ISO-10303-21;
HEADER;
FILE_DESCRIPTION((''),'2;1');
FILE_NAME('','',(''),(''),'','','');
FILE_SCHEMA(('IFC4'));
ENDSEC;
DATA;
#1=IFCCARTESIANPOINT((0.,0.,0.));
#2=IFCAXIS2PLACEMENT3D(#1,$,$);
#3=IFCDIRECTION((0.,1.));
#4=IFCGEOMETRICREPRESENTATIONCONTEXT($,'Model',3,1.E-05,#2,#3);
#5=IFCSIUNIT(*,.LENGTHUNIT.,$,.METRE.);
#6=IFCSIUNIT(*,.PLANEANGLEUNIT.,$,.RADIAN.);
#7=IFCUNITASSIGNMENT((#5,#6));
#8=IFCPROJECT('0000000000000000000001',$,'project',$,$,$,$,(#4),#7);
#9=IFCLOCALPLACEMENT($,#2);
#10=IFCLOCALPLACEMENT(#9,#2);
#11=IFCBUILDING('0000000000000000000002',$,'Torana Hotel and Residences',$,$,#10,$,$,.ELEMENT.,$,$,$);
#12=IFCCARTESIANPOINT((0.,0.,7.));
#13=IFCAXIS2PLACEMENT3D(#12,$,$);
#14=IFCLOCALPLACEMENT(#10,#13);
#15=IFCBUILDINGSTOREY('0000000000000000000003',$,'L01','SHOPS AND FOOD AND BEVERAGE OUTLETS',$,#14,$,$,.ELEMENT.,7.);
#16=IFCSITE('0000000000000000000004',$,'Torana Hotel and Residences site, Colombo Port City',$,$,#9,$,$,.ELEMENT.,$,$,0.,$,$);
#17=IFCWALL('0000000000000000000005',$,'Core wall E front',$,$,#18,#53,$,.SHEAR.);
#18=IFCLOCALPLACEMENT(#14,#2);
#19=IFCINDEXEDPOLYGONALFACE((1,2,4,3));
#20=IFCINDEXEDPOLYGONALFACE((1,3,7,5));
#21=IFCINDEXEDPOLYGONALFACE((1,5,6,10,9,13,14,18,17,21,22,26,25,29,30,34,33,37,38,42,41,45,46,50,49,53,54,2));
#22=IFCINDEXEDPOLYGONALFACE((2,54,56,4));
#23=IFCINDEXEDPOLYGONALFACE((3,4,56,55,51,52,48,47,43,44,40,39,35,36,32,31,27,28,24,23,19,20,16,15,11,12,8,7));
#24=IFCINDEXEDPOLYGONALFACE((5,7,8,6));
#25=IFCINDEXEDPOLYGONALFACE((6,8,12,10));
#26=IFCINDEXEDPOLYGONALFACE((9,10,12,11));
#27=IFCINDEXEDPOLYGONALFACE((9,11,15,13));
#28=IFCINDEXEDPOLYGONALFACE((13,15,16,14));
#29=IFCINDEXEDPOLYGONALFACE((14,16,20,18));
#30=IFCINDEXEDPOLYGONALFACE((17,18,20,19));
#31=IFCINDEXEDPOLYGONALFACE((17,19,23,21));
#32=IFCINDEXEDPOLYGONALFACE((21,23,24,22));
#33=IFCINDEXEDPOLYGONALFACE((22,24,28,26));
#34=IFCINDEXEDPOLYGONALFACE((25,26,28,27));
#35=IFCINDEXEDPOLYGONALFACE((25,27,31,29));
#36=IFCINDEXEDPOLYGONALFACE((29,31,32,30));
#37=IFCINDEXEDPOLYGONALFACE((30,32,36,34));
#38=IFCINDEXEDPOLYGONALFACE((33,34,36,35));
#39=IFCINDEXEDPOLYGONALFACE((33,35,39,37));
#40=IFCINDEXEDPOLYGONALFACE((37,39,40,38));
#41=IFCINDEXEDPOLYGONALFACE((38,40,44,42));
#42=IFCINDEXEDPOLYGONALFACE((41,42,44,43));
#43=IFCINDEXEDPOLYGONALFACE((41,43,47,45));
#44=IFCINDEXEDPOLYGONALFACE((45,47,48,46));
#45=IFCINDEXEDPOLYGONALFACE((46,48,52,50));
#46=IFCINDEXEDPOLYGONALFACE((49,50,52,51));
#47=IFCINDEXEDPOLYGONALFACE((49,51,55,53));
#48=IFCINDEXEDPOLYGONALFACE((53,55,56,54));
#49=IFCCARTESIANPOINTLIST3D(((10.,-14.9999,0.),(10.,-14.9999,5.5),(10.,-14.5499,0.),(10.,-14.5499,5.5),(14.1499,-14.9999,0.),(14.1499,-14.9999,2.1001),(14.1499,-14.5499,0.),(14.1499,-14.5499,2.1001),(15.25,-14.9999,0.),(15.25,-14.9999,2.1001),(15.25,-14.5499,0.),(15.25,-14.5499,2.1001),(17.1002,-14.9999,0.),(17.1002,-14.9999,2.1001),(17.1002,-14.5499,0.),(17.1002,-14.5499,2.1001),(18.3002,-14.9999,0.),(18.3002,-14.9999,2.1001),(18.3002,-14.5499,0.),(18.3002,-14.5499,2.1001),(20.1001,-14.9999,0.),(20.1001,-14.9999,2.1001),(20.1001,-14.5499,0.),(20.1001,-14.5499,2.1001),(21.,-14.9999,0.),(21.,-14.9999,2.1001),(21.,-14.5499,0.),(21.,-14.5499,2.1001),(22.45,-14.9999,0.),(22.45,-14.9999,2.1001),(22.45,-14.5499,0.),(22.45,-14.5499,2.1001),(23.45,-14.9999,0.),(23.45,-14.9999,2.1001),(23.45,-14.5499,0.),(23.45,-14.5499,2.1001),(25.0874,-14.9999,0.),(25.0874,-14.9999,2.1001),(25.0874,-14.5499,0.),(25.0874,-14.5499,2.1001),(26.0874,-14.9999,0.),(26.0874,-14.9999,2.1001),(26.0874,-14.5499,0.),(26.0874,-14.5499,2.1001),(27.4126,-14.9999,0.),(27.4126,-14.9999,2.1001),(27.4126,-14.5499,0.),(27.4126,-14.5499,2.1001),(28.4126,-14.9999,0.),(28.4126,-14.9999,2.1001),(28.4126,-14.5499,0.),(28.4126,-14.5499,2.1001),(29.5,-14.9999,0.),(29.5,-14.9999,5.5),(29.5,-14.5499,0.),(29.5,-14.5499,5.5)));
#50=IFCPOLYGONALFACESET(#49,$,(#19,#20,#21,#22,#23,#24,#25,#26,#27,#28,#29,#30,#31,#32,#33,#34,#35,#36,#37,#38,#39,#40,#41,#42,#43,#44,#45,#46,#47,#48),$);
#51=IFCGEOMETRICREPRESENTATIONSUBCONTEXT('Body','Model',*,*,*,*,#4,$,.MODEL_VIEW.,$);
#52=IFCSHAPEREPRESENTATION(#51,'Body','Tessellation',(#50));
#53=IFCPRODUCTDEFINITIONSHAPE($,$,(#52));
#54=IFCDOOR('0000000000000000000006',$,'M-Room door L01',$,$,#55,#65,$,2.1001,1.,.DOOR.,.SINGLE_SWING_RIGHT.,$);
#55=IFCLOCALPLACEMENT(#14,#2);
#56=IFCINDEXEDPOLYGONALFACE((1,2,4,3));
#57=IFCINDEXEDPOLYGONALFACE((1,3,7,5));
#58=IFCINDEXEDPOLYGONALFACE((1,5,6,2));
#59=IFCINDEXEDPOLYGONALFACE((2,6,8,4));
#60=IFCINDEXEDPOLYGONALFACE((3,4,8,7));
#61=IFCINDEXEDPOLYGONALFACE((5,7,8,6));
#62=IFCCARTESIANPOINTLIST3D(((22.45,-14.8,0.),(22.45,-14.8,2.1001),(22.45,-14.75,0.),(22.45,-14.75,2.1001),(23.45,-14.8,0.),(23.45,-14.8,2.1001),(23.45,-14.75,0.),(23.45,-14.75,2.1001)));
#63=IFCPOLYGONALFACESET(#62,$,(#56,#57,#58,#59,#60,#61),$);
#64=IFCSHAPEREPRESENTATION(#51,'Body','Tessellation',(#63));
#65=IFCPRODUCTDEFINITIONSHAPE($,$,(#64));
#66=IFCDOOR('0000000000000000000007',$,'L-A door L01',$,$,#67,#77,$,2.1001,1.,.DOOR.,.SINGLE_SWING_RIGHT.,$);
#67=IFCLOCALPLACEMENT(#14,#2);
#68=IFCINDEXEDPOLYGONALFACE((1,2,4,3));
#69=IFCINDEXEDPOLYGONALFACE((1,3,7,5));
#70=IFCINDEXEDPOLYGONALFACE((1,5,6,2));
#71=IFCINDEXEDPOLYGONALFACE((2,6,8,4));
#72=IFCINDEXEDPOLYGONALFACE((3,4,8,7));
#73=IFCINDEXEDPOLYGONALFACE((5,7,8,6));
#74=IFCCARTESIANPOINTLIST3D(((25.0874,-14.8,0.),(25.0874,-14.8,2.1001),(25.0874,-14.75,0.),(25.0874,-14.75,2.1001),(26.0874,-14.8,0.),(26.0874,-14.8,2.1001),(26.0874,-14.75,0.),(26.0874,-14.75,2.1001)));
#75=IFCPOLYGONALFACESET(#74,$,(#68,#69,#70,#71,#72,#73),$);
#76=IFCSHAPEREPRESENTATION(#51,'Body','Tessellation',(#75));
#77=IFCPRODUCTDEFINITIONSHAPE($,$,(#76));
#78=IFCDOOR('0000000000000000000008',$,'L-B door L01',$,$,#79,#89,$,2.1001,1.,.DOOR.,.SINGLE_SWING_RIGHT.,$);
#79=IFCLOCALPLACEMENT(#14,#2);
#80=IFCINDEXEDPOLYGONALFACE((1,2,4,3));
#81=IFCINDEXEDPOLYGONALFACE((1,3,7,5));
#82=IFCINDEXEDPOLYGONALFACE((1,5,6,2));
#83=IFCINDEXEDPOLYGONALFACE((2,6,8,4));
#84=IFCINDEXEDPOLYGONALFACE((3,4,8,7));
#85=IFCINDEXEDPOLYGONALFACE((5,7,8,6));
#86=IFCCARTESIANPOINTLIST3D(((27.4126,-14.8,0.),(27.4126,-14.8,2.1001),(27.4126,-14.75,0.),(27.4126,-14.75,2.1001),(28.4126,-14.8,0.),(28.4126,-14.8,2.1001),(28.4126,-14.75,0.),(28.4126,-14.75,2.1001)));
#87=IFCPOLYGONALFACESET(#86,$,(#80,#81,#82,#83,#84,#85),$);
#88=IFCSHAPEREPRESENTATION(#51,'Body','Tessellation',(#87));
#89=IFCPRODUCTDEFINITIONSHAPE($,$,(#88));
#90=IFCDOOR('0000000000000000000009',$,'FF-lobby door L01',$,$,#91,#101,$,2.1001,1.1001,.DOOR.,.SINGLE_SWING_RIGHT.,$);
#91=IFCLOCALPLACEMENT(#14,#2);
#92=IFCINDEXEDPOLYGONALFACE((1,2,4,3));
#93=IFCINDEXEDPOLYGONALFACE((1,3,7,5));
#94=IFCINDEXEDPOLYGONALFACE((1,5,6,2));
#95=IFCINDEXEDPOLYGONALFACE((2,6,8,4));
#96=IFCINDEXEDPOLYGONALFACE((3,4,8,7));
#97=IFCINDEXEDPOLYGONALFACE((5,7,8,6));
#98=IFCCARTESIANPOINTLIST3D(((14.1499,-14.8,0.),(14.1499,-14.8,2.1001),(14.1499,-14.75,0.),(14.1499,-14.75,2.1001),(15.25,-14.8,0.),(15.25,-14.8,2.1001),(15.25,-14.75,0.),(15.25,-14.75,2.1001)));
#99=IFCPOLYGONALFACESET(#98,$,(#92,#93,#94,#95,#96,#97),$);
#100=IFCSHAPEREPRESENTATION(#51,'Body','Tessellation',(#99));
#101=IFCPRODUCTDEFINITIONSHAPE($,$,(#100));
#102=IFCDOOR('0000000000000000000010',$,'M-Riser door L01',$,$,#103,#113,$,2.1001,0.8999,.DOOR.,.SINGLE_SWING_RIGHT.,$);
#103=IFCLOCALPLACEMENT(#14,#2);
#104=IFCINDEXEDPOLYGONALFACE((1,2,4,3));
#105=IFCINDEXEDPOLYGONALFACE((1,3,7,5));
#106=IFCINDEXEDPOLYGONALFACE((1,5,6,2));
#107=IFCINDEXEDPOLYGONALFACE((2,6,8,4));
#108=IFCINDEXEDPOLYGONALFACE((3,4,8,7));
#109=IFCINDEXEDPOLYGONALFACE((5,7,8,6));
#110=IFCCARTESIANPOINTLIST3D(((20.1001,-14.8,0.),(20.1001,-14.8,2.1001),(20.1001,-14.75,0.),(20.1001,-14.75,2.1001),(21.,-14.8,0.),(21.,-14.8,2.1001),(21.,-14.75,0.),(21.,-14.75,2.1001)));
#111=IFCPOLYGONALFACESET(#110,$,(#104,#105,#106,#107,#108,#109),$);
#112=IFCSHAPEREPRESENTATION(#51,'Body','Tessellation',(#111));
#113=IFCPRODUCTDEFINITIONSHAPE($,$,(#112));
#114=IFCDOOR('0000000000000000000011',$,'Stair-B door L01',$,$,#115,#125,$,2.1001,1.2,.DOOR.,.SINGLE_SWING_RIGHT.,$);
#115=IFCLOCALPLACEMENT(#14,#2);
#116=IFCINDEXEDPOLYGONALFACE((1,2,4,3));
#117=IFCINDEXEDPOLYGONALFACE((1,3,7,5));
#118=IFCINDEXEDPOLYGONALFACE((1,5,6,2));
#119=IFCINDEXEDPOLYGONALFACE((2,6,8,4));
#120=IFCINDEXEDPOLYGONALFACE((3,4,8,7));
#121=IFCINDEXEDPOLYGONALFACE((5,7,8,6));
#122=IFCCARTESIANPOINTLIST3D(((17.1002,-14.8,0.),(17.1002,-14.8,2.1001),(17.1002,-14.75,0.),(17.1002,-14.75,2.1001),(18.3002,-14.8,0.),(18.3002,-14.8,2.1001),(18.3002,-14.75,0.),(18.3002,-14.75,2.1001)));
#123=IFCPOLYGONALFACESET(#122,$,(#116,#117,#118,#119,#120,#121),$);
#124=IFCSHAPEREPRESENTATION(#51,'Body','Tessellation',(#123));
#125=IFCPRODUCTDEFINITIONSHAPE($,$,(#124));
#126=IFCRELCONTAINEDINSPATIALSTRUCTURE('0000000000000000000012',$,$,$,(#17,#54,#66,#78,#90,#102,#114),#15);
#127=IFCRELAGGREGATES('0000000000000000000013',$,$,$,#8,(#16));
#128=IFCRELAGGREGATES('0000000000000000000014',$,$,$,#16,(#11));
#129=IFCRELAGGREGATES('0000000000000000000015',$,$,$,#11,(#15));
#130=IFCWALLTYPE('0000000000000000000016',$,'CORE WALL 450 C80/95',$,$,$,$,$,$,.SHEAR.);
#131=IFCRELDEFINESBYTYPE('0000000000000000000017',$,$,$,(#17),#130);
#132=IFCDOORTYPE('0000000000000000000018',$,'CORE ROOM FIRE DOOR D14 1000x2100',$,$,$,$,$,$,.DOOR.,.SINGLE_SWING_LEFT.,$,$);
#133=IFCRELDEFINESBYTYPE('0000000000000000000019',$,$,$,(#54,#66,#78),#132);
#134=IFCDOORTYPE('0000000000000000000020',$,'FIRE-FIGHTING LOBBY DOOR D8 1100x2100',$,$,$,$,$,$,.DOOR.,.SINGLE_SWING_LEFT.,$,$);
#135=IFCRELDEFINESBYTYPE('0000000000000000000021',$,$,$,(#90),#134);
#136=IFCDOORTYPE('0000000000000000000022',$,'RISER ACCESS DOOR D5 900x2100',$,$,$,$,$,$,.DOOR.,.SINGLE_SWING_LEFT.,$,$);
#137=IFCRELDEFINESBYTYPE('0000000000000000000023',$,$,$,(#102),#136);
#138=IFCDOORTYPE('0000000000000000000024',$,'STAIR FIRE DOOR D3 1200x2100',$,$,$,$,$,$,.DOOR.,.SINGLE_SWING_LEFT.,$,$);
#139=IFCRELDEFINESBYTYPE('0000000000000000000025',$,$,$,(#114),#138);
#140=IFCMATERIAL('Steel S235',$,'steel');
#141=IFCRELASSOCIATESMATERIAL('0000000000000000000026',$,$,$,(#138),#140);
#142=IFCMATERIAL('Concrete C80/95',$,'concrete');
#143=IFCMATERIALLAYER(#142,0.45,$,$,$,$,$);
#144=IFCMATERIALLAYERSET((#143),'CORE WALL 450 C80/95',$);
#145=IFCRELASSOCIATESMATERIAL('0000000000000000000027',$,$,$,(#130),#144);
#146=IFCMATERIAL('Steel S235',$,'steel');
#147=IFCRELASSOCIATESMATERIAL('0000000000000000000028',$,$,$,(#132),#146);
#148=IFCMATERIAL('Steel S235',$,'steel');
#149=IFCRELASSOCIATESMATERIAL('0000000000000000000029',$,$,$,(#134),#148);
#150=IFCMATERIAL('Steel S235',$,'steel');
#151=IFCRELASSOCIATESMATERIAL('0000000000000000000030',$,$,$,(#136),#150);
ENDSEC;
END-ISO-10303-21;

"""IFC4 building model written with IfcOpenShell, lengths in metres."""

from ifc_helpers import new_model, si_unit, direction, frame, frame_2d, origin, place, context, subcontext, project, spatial, rectangle, extrude, material, layer, layer_set, type_object, element, fill, save


model = new_model("IFC4")

# Units and contexts
model_context = context("Model", 3, precision=1e-05, world=origin(), true_north=direction((0.0, 1.0)))
body_context = subcontext(model_context, "Body", "Model", "MODEL_VIEW")
ifc_project = project(units=[si_unit("LENGTHUNIT", "METRE"), si_unit("PLANEANGLEUNIT", "RADIAN")], contexts=[model_context])

# Site, building, storey
site_placement = place(None, origin())
site = spatial("IfcSite", under=ifc_project, at=site_placement, Name="Torana Hotel and Residences site, Colombo Port City", CompositionType="ELEMENT", RefElevation=0.0)
building_placement = place(site_placement, origin())
building = spatial("IfcBuilding", under=site, at=building_placement, Name="Torana Hotel and Residences", CompositionType="ELEMENT")
storey_placement = place(building_placement, frame((0.0, 0.0, 7.0)))
storey = spatial("IfcBuildingStorey", under=building, at=storey_placement, Name="L01", Description="SHOPS AND FOOD AND BEVERAGE OUTLETS", CompositionType="ELEMENT", Elevation=7.0)

# Shared definitions
ifc_material_1 = material(Name="Steel S235", Category="steel")
door_type_1 = type_object("IfcDoorType", Name="STAIR FIRE DOOR D3 1200x2100", OperationType="SINGLE_SWING_LEFT", PredefinedType="DOOR", material=ifc_material_1)

# Wall, openings, doors
ifc_material_2 = material(Name="Concrete C80/95", Category="concrete")
ifc_layer_1 = layer(ifc_material_2, 0.45)
ifc_layer_set_1 = layer_set([ifc_layer_1], Name="CORE WALL 450 C80/95")
wall_type_1 = type_object("IfcWallType", Name="CORE WALL 450 C80/95", PredefinedType="SHEAR", material=ifc_layer_set_1)
wall_1_placement = place(storey_placement, frame((10.0, -14.7749, 0.0), z_axis=(0.0, 0.0, 1.0), x_axis=(1.0, 0.0, 0.0)))
wall_1 = element("IfcWall", 1, at=wall_1_placement, inside=storey, type_object=wall_type_1, Name="Core wall E front", PredefinedType="SHEAR", context=body_context, shape_type="SweptSolid", body=[
    extrude(rectangle(XDim=19.5, YDim=0.45, at=frame_2d((9.75, 0.0))), origin(), (0.0, 0.0, 1.0), 5.5),
])
opening_1_placement = place(wall_1_placement, frame((7.1001, 0.0, 0.0)))
opening_1 = element("IfcOpeningElement", 2, at=opening_1_placement, cuts=wall_1, PredefinedType="OPENING", context=body_context, shape_type="SweptSolid", body=[
    extrude(rectangle(XDim=1.2, YDim=2.1001, at=frame_2d((0.6001, 1.05))), frame((0.0, 0.2349, 0.0), z_axis=(0.0, -1.0, 0.0), x_axis=(1.0, 0.0, 0.0)), (0.0, 0.0, 1.0), 0.47),
])
opening_2_placement = place(wall_1_placement, frame((4.1499, 0.0, 0.0)))
opening_2 = element("IfcOpeningElement", 3, at=opening_2_placement, cuts=wall_1, PredefinedType="OPENING", context=body_context, shape_type="SweptSolid", body=[
    extrude(rectangle(XDim=1.1001, YDim=2.1001, at=frame_2d((0.55, 1.05))), frame((0.0, 0.2349, 0.0), z_axis=(0.0, -1.0, 0.0), x_axis=(1.0, 0.0, 0.0)), (0.0, 0.0, 1.0), 0.47),
])
opening_3_placement = place(wall_1_placement, frame((10.1001, 0.0, 0.0)))
opening_3 = element("IfcOpeningElement", 4, at=opening_3_placement, cuts=wall_1, PredefinedType="OPENING", context=body_context, shape_type="SweptSolid", body=[
    extrude(rectangle(XDim=0.8999, YDim=2.1001, at=frame_2d((0.45, 1.05))), frame((0.0, 0.2349, 0.0), z_axis=(0.0, -1.0, 0.0), x_axis=(1.0, 0.0, 0.0)), (0.0, 0.0, 1.0), 0.47),
])
opening_4_placement = place(wall_1_placement, frame((12.45, 0.0, 0.0)))
opening_4 = element("IfcOpeningElement", 5, at=opening_4_placement, cuts=wall_1, PredefinedType="OPENING", context=body_context, shape_type="SweptSolid", body=[
    extrude(rectangle(XDim=1.0, YDim=2.1001, at=frame_2d((0.5, 1.05))), frame((0.0, 0.2349, 0.0), z_axis=(0.0, -1.0, 0.0), x_axis=(1.0, 0.0, 0.0)), (0.0, 0.0, 1.0), 0.47),
])
opening_5_placement = place(wall_1_placement, frame((15.0874, 0.0, 0.0)))
opening_5 = element("IfcOpeningElement", 6, at=opening_5_placement, cuts=wall_1, PredefinedType="OPENING", context=body_context, shape_type="SweptSolid", body=[
    extrude(rectangle(XDim=1.0, YDim=2.1001, at=frame_2d((0.5, 1.05))), frame((0.0, 0.2349, 0.0), z_axis=(0.0, -1.0, 0.0), x_axis=(1.0, 0.0, 0.0)), (0.0, 0.0, 1.0), 0.47),
])
opening_6_placement = place(wall_1_placement, frame((17.4126, 0.0, 0.0)))
opening_6 = element("IfcOpeningElement", 7, at=opening_6_placement, cuts=wall_1, PredefinedType="OPENING", context=body_context, shape_type="SweptSolid", body=[
    extrude(rectangle(XDim=1.0, YDim=2.1001, at=frame_2d((0.5, 1.05))), frame((0.0, 0.2349, 0.0), z_axis=(0.0, -1.0, 0.0), x_axis=(1.0, 0.0, 0.0)), (0.0, 0.0, 1.0), 0.47),
])
ifc_material_3 = material(Name="Steel S235", Category="steel")
door_type_2 = type_object("IfcDoorType", Name="CORE ROOM FIRE DOOR D14 1000x2100", OperationType="SINGLE_SWING_LEFT", PredefinedType="DOOR", material=ifc_material_3)
door_1_placement = place(opening_4_placement, origin())
door_1 = element("IfcDoor", 8, at=door_1_placement, inside=storey, type_object=door_type_2, Name="M-Room door L01", OperationType="SINGLE_SWING_RIGHT", OverallHeight=2.1001, OverallWidth=1.0, PredefinedType="DOOR", context=body_context, shape_type="SweptSolid", body=[
    extrude(rectangle(XDim=1.0, YDim=2.1001, at=frame_2d((0.5, 1.05))), frame((0.0, 0.0249, 0.0), z_axis=(0.0, -1.0, 0.0), x_axis=(1.0, 0.0, 0.0)), (0.0, 0.0, 1.0), 0.05),
])
fill(opening_4, door_1)
door_2_placement = place(opening_5_placement, origin())
door_2 = element("IfcDoor", 9, at=door_2_placement, inside=storey, type_object=door_type_2, Name="L-A door L01", OperationType="SINGLE_SWING_RIGHT", OverallHeight=2.1001, OverallWidth=1.0, PredefinedType="DOOR", context=body_context, shape_type="SweptSolid", body=[
    extrude(rectangle(XDim=1.0, YDim=2.1001, at=frame_2d((0.5, 1.05))), frame((0.0, 0.0249, 0.0), z_axis=(0.0, -1.0, 0.0), x_axis=(1.0, 0.0, 0.0)), (0.0, 0.0, 1.0), 0.05),
])
fill(opening_5, door_2)
door_3_placement = place(opening_6_placement, origin())
door_3 = element("IfcDoor", 10, at=door_3_placement, inside=storey, type_object=door_type_2, Name="L-B door L01", OperationType="SINGLE_SWING_RIGHT", OverallHeight=2.1001, OverallWidth=1.0, PredefinedType="DOOR", context=body_context, shape_type="SweptSolid", body=[
    extrude(rectangle(XDim=1.0, YDim=2.1001, at=frame_2d((0.5, 1.05))), frame((0.0, 0.0249, 0.0), z_axis=(0.0, -1.0, 0.0), x_axis=(1.0, 0.0, 0.0)), (0.0, 0.0, 1.0), 0.05),
])
fill(opening_6, door_3)
ifc_material_4 = material(Name="Steel S235", Category="steel")
door_type_3 = type_object("IfcDoorType", Name="FIRE-FIGHTING LOBBY DOOR D8 1100x2100", OperationType="SINGLE_SWING_LEFT", PredefinedType="DOOR", material=ifc_material_4)
door_4_placement = place(opening_2_placement, origin())
door_4 = element("IfcDoor", 11, at=door_4_placement, inside=storey, type_object=door_type_3, Name="FF-lobby door L01", OperationType="SINGLE_SWING_RIGHT", OverallHeight=2.1001, OverallWidth=1.1001, PredefinedType="DOOR", context=body_context, shape_type="SweptSolid", body=[
    extrude(rectangle(XDim=1.1001, YDim=2.1001, at=frame_2d((0.55, 1.05))), frame((0.0, 0.0249, 0.0), z_axis=(0.0, -1.0, 0.0), x_axis=(1.0, 0.0, 0.0)), (0.0, 0.0, 1.0), 0.05),
])
fill(opening_2, door_4)
ifc_material_5 = material(Name="Steel S235", Category="steel")
door_type_4 = type_object("IfcDoorType", Name="RISER ACCESS DOOR D5 900x2100", OperationType="SINGLE_SWING_LEFT", PredefinedType="DOOR", material=ifc_material_5)
door_5_placement = place(opening_3_placement, origin())
door_5 = element("IfcDoor", 12, at=door_5_placement, inside=storey, type_object=door_type_4, Name="M-Riser door L01", OperationType="SINGLE_SWING_RIGHT", OverallHeight=2.1001, OverallWidth=0.8999, PredefinedType="DOOR", context=body_context, shape_type="SweptSolid", body=[
    extrude(rectangle(XDim=0.8999, YDim=2.1001, at=frame_2d((0.45, 1.05))), frame((0.0, 0.0249, 0.0), z_axis=(0.0, -1.0, 0.0), x_axis=(1.0, 0.0, 0.0)), (0.0, 0.0, 1.0), 0.05),
])
fill(opening_3, door_5)
door_6_placement = place(opening_1_placement, origin())
door_6 = element("IfcDoor", 13, at=door_6_placement, inside=storey, type_object=door_type_1, Name="Stair-B door L01", OperationType="SINGLE_SWING_RIGHT", OverallHeight=2.1001, OverallWidth=1.2, PredefinedType="DOOR", context=body_context, shape_type="SweptSolid", body=[
    extrude(rectangle(XDim=1.2, YDim=2.1001, at=frame_2d((0.6001, 1.05))), frame((0.0, 0.0249, 0.0), z_axis=(0.0, -1.0, 0.0), x_axis=(1.0, 0.0, 0.0)), (0.0, 0.0, 1.0), 0.05),
])
fill(opening_1, door_6)

save(model, "model.ifc")
